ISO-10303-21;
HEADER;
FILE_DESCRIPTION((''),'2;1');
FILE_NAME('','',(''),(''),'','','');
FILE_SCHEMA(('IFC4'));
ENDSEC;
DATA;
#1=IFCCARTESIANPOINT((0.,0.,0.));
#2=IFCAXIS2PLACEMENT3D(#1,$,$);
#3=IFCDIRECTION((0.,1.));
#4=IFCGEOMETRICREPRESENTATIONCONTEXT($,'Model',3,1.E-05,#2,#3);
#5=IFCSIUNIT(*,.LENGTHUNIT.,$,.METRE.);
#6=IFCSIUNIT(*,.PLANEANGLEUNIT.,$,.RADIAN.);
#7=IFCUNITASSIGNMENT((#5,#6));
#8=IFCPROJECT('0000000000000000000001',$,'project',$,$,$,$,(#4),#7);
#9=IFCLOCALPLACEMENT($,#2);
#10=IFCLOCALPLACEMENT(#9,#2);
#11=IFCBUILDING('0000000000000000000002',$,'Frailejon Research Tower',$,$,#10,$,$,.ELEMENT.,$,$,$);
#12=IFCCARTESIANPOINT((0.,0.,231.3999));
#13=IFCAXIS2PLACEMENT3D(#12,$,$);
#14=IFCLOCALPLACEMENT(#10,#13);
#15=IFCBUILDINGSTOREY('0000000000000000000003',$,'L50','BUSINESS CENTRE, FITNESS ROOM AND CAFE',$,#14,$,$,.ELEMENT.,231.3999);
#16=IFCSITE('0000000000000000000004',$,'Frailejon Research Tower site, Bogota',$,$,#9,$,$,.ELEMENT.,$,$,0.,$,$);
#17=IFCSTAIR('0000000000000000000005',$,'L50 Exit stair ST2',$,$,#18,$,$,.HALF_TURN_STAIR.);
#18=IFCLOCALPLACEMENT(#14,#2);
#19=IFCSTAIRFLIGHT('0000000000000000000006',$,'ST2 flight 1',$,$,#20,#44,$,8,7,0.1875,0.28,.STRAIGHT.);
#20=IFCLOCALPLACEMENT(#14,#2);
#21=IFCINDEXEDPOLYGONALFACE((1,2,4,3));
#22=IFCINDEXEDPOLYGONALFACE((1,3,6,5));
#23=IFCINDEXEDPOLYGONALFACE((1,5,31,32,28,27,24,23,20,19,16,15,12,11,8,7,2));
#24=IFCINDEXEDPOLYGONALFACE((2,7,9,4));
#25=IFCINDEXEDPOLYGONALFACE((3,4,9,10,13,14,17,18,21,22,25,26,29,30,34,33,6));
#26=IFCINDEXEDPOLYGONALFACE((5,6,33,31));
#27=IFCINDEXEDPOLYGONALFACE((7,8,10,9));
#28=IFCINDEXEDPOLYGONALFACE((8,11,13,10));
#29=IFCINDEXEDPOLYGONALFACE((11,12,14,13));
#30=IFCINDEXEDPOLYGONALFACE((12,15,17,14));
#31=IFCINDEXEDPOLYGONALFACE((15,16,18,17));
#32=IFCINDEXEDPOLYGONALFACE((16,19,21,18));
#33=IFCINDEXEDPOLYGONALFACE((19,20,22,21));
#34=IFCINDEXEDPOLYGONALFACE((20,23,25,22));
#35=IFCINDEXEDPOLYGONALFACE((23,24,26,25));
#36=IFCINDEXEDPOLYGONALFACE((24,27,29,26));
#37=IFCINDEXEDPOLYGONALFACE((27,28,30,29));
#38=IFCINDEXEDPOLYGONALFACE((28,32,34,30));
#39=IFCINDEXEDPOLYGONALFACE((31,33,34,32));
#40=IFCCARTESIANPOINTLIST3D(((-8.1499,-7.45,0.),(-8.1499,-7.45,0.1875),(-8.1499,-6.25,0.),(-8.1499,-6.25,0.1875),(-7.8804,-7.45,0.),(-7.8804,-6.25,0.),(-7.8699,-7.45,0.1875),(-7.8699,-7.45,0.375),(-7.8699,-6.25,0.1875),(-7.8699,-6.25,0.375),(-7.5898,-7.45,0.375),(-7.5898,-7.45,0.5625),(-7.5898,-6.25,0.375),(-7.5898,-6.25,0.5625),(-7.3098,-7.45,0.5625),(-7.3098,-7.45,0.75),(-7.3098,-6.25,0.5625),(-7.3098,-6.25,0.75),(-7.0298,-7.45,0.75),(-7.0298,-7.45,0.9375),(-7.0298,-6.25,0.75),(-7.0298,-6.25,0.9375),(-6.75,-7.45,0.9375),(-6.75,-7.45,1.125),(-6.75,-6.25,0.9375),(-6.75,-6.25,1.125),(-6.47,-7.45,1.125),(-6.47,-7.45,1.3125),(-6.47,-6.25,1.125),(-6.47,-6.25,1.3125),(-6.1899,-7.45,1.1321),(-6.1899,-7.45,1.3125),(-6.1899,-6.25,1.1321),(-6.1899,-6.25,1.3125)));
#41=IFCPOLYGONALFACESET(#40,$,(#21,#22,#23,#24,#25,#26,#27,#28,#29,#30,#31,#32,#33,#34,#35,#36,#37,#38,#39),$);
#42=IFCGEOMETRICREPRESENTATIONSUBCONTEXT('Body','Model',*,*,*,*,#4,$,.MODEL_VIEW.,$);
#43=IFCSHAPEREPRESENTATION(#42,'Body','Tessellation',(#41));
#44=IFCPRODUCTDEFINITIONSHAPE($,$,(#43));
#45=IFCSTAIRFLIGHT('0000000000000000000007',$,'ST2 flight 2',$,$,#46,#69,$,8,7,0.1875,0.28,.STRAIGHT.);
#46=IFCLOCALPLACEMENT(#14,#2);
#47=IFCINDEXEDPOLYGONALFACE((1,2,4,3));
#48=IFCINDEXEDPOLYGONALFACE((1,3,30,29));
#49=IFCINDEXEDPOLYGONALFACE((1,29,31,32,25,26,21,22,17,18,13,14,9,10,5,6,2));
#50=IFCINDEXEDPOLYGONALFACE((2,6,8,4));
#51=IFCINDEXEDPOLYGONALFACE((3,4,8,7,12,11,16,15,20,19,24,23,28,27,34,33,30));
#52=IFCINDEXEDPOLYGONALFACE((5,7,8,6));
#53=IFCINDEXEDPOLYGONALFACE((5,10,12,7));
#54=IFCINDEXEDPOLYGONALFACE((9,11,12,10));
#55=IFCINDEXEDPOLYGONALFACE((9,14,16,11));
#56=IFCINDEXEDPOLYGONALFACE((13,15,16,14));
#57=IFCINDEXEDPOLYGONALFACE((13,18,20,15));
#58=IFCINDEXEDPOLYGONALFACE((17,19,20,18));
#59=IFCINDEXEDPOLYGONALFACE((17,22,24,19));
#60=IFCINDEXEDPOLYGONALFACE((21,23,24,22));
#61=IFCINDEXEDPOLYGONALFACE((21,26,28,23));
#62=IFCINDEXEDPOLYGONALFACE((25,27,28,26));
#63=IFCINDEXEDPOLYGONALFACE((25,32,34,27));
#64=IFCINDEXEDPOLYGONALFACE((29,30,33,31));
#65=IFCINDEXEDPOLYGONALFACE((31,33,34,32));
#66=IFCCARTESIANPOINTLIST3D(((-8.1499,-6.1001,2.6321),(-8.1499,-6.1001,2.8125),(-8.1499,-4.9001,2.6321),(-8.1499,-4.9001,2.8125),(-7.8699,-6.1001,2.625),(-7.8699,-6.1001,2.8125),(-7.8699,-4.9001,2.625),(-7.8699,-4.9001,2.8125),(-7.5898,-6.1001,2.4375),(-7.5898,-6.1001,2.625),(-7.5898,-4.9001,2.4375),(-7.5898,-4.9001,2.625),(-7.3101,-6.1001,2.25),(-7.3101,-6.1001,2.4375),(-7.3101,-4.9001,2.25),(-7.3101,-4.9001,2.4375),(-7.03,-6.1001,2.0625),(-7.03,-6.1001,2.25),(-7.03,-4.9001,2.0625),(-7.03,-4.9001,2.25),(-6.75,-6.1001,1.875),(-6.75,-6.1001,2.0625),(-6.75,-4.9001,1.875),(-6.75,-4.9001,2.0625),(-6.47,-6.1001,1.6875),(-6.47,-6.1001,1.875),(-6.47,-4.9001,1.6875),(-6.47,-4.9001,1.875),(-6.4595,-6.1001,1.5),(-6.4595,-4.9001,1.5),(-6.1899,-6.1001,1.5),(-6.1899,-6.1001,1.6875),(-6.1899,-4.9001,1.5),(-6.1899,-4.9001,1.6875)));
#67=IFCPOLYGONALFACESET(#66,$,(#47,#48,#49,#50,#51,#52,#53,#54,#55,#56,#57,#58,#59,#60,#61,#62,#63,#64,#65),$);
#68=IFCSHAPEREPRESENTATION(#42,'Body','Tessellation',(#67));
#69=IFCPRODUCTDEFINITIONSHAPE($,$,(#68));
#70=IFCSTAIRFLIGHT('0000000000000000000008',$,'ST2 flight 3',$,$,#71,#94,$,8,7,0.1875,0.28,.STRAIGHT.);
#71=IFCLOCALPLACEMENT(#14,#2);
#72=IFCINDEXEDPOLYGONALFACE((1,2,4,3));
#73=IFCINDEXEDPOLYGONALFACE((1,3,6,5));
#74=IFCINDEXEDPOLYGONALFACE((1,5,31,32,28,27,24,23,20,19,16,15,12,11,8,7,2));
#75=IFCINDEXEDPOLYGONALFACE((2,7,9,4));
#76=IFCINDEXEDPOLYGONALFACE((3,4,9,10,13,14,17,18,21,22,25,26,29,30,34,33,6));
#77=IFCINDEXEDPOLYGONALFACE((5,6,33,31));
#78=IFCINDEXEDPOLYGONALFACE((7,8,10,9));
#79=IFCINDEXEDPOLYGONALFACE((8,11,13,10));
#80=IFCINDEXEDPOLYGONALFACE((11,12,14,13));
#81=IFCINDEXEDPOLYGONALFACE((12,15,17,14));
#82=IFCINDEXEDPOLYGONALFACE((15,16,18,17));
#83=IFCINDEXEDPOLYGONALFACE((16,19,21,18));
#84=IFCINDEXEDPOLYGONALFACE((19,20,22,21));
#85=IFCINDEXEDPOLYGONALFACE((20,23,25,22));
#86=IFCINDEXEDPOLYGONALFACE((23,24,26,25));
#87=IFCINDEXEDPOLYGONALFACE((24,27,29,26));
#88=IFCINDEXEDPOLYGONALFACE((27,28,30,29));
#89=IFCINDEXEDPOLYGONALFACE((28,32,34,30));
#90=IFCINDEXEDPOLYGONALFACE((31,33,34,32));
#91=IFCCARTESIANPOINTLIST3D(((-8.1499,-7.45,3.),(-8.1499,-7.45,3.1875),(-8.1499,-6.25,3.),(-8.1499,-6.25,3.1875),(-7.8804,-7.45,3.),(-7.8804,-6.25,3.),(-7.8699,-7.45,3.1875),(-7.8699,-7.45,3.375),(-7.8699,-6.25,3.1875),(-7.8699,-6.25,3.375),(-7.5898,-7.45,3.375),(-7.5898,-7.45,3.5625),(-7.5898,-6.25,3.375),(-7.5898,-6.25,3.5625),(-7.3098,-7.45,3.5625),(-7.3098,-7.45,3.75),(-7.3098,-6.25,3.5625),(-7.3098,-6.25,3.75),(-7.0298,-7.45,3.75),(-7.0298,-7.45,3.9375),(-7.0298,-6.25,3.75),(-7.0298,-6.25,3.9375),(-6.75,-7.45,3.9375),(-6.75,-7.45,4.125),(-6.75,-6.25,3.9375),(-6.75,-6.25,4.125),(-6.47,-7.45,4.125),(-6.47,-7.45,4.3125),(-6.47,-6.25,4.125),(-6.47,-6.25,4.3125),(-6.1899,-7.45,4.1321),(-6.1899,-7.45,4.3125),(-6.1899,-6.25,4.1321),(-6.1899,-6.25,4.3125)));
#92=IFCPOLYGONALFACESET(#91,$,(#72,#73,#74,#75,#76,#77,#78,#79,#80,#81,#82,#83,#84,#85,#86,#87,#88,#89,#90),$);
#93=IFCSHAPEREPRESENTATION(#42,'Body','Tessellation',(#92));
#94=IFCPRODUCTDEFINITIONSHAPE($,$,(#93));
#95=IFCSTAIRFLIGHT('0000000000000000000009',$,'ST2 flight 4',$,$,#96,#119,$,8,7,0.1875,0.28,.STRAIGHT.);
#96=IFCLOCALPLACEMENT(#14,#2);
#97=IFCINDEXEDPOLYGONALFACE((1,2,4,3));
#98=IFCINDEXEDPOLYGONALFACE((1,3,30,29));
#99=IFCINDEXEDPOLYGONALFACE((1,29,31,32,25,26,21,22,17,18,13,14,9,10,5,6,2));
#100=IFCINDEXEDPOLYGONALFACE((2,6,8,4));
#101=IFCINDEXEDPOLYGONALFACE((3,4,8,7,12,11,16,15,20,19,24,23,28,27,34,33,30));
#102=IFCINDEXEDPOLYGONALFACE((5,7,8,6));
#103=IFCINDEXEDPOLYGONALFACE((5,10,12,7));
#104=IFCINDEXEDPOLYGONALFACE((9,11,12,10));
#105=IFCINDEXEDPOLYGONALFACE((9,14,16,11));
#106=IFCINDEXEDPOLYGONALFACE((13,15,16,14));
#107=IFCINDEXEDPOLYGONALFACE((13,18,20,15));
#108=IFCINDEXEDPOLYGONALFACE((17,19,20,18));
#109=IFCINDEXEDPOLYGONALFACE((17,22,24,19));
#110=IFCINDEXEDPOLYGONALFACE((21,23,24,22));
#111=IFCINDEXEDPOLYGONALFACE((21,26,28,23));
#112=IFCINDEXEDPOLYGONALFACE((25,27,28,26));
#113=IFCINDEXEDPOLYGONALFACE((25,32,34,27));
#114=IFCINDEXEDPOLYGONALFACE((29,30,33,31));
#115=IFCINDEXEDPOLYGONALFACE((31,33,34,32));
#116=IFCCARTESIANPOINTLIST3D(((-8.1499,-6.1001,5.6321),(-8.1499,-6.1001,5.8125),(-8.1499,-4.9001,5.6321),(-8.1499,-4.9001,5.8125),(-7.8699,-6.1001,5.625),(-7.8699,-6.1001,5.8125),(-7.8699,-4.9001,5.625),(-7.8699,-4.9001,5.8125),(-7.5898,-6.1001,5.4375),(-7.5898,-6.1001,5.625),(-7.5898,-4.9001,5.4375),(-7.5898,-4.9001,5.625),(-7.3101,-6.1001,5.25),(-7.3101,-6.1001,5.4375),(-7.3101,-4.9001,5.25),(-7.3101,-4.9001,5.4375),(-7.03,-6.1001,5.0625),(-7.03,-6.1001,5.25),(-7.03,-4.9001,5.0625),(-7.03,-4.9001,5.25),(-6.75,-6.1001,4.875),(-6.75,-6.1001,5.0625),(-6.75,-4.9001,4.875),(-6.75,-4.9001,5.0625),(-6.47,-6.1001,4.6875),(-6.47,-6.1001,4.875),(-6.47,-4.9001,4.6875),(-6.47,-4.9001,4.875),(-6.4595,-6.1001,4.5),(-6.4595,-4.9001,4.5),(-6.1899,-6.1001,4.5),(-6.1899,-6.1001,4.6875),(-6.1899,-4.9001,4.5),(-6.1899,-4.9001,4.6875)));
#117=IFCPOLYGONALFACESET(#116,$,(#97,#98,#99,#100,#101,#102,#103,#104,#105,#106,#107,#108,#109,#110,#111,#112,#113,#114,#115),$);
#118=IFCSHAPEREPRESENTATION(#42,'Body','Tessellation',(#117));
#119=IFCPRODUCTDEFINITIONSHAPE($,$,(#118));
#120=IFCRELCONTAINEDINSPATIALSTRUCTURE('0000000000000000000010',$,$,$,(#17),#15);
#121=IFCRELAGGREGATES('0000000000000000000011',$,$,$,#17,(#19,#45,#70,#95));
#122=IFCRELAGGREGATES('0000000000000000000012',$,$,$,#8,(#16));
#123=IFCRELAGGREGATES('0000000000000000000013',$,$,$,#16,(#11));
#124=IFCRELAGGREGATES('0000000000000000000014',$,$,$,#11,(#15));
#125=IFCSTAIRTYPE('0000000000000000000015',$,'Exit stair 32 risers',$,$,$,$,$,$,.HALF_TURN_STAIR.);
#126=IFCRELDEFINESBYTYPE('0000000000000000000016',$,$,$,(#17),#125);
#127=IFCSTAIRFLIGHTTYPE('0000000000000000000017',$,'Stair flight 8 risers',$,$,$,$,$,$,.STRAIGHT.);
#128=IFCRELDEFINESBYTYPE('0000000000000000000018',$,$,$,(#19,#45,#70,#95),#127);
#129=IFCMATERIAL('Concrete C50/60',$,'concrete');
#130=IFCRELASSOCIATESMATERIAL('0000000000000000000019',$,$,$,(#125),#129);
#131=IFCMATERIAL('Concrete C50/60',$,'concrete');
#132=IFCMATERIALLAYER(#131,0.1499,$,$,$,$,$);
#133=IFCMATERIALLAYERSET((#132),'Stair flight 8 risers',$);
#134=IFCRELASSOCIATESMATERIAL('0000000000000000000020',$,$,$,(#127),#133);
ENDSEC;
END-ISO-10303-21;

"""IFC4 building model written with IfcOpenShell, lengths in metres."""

from ifc_helpers import new_model, si_unit, direction, frame, origin, place, context, subcontext, project, spatial, polyline, outline, extrude, material, layer, layer_set, type_object, element, aggregate, save


model = new_model("IFC4")

# Units and contexts
model_context = context("Model", 3, precision=1e-05, world=origin(), true_north=direction((0.0, 1.0)))
body_context = subcontext(model_context, "Body", "Model", "MODEL_VIEW")
ifc_project = project(units=[si_unit("LENGTHUNIT", "METRE"), si_unit("PLANEANGLEUNIT", "RADIAN")], contexts=[model_context])

# Site, building, storey
site_placement = place(None, origin())
site = spatial("IfcSite", under=ifc_project, at=site_placement, Name="Frailejon Research Tower site, Bogota", CompositionType="ELEMENT", RefElevation=0.0)
building_placement = place(site_placement, origin())
building = spatial("IfcBuilding", under=site, at=building_placement, Name="Frailejon Research Tower", CompositionType="ELEMENT")
storey_placement = place(building_placement, frame((0.0, 0.0, 231.3999)))
storey = spatial("IfcBuildingStorey", under=building, at=storey_placement, Name="L50", Description="BUSINESS CENTRE, FITNESS ROOM AND CAFE", CompositionType="ELEMENT", Elevation=231.3999)

# Shared definitions
ifc_material_1 = material(Name="Concrete C50/60", Category="concrete")
stair_type = type_object("IfcStairType", Name="Exit stair 32 risers", PredefinedType="HALF_TURN_STAIR", material=ifc_material_1)

# Stair, stair flights
stair_1_placement = place(storey_placement, origin())
stair_1 = element("IfcStair", 1, at=stair_1_placement, inside=storey, type_object=stair_type, Name="L50 Exit stair ST2", PredefinedType="HALF_TURN_STAIR")
ifc_material_2 = material(Name="Concrete C50/60", Category="concrete")
ifc_layer_1 = layer(ifc_material_2, 0.1499)
ifc_layer_set_1 = layer_set([ifc_layer_1], Name="Stair flight 8 risers")
stair_flight_type = type_object("IfcStairFlightType", Name="Stair flight 8 risers", PredefinedType="STRAIGHT", material=ifc_layer_set_1)
stair_flight_1_placement = place(storey_placement, frame((-8.1499, -6.8501, 0.0), z_axis=(0.0, 0.0, 1.0), x_axis=(1.0, 0.0, 0.0)))
stair_flight_1 = element("IfcStairFlight", 2, at=stair_flight_1_placement, type_object=stair_flight_type, Name="ST2 flight 1", NumberOfRisers=8, NumberOfTreads=7, PredefinedType="STRAIGHT", RiserHeight=0.1875, TreadLength=0.28, context=body_context, shape_type="SweptSolid", body=[
    extrude(outline(polyline([(0.0, 0.0), (0.0, 0.1875), (0.28, 0.1875), (0.28, 0.375), (0.5601, 0.375), (0.5601, 0.5625), (0.8401, 0.5625), (0.8401, 0.75), (1.1201, 0.75), (1.1201, 0.9375), (1.3999, 0.9375), (1.3999, 1.125), (1.6799, 1.125), (1.6799, 1.3125), (1.96, 1.3125), (1.96, 1.5), (1.96, 1.1321), (0.2695, 0.0), (0.0, 0.0)])), frame((0.0, 0.6001, 0.0), z_axis=(0.0, -1.0, 0.0), x_axis=(1.0, 0.0, 0.0)), (0.0, 0.0, 1.0), 1.2),
])
stair_flight_2_placement = place(storey_placement, frame((-6.1899, -5.5, 1.5), z_axis=(0.0, 0.0, 1.0), x_axis=(-1.0, 0.0, 0.0)))
stair_flight_2 = element("IfcStairFlight", 3, at=stair_flight_2_placement, type_object=stair_flight_type, Name="ST2 flight 2", NumberOfRisers=8, NumberOfTreads=7, PredefinedType="STRAIGHT", RiserHeight=0.1875, TreadLength=0.28, context=body_context, shape_type="SweptSolid", body=[
    extrude(outline(polyline([(0.0, 0.0), (0.0, 0.1875), (0.28, 0.1875), (0.28, 0.375), (0.5601, 0.375), (0.5601, 0.5625), (0.8401, 0.5625), (0.8401, 0.75), (1.1201, 0.75), (1.1201, 0.9375), (1.3999, 0.9375), (1.3999, 1.125), (1.6799, 1.125), (1.6799, 1.3125), (1.96, 1.3125), (1.96, 1.5), (1.96, 1.1321), (0.2695, 0.0), (0.0, 0.0)])), frame((0.0, 0.6001, 0.0), z_axis=(0.0, -1.0, 0.0), x_axis=(1.0, 0.0, 0.0)), (0.0, 0.0, 1.0), 1.2),
])
stair_flight_3_placement = place(storey_placement, frame((-8.1499, -6.8501, 3.0), z_axis=(0.0, 0.0, 1.0), x_axis=(1.0, 0.0, 0.0)))
stair_flight_3 = element("IfcStairFlight", 4, at=stair_flight_3_placement, type_object=stair_flight_type, Name="ST2 flight 3", NumberOfRisers=8, NumberOfTreads=7, PredefinedType="STRAIGHT", RiserHeight=0.1875, TreadLength=0.28, context=body_context, shape_type="SweptSolid", body=[
    extrude(outline(polyline([(0.0, 0.0), (0.0, 0.1875), (0.28, 0.1875), (0.28, 0.375), (0.5601, 0.375), (0.5601, 0.5625), (0.8401, 0.5625), (0.8401, 0.75), (1.1201, 0.75), (1.1201, 0.9375), (1.3999, 0.9375), (1.3999, 1.125), (1.6799, 1.125), (1.6799, 1.3125), (1.96, 1.3125), (1.96, 1.5), (1.96, 1.1321), (0.2695, 0.0), (0.0, 0.0)])), frame((0.0, 0.6001, 0.0), z_axis=(0.0, -1.0, 0.0), x_axis=(1.0, 0.0, 0.0)), (0.0, 0.0, 1.0), 1.2),
])
stair_flight_4_placement = place(storey_placement, frame((-6.1899, -5.5, 4.5), z_axis=(0.0, 0.0, 1.0), x_axis=(-1.0, 0.0, 0.0)))
stair_flight_4 = element("IfcStairFlight", 5, at=stair_flight_4_placement, type_object=stair_flight_type, Name="ST2 flight 4", NumberOfRisers=8, NumberOfTreads=7, PredefinedType="STRAIGHT", RiserHeight=0.1875, TreadLength=0.28, context=body_context, shape_type="SweptSolid", body=[
    extrude(outline(polyline([(0.0, 0.0), (0.0, 0.1875), (0.28, 0.1875), (0.28, 0.375), (0.5601, 0.375), (0.5601, 0.5625), (0.8401, 0.5625), (0.8401, 0.75), (1.1201, 0.75), (1.1201, 0.9375), (1.3999, 0.9375), (1.3999, 1.125), (1.6799, 1.125), (1.6799, 1.3125), (1.96, 1.3125), (1.96, 1.5), (1.96, 1.1321), (0.2695, 0.0), (0.0, 0.0)])), frame((0.0, 0.6001, 0.0), z_axis=(0.0, -1.0, 0.0), x_axis=(1.0, 0.0, 0.0)), (0.0, 0.0, 1.0), 1.2),
])
aggregate(stair_1, [stair_flight_1, stair_flight_2, stair_flight_3, stair_flight_4])

save(model, "model.ifc")
